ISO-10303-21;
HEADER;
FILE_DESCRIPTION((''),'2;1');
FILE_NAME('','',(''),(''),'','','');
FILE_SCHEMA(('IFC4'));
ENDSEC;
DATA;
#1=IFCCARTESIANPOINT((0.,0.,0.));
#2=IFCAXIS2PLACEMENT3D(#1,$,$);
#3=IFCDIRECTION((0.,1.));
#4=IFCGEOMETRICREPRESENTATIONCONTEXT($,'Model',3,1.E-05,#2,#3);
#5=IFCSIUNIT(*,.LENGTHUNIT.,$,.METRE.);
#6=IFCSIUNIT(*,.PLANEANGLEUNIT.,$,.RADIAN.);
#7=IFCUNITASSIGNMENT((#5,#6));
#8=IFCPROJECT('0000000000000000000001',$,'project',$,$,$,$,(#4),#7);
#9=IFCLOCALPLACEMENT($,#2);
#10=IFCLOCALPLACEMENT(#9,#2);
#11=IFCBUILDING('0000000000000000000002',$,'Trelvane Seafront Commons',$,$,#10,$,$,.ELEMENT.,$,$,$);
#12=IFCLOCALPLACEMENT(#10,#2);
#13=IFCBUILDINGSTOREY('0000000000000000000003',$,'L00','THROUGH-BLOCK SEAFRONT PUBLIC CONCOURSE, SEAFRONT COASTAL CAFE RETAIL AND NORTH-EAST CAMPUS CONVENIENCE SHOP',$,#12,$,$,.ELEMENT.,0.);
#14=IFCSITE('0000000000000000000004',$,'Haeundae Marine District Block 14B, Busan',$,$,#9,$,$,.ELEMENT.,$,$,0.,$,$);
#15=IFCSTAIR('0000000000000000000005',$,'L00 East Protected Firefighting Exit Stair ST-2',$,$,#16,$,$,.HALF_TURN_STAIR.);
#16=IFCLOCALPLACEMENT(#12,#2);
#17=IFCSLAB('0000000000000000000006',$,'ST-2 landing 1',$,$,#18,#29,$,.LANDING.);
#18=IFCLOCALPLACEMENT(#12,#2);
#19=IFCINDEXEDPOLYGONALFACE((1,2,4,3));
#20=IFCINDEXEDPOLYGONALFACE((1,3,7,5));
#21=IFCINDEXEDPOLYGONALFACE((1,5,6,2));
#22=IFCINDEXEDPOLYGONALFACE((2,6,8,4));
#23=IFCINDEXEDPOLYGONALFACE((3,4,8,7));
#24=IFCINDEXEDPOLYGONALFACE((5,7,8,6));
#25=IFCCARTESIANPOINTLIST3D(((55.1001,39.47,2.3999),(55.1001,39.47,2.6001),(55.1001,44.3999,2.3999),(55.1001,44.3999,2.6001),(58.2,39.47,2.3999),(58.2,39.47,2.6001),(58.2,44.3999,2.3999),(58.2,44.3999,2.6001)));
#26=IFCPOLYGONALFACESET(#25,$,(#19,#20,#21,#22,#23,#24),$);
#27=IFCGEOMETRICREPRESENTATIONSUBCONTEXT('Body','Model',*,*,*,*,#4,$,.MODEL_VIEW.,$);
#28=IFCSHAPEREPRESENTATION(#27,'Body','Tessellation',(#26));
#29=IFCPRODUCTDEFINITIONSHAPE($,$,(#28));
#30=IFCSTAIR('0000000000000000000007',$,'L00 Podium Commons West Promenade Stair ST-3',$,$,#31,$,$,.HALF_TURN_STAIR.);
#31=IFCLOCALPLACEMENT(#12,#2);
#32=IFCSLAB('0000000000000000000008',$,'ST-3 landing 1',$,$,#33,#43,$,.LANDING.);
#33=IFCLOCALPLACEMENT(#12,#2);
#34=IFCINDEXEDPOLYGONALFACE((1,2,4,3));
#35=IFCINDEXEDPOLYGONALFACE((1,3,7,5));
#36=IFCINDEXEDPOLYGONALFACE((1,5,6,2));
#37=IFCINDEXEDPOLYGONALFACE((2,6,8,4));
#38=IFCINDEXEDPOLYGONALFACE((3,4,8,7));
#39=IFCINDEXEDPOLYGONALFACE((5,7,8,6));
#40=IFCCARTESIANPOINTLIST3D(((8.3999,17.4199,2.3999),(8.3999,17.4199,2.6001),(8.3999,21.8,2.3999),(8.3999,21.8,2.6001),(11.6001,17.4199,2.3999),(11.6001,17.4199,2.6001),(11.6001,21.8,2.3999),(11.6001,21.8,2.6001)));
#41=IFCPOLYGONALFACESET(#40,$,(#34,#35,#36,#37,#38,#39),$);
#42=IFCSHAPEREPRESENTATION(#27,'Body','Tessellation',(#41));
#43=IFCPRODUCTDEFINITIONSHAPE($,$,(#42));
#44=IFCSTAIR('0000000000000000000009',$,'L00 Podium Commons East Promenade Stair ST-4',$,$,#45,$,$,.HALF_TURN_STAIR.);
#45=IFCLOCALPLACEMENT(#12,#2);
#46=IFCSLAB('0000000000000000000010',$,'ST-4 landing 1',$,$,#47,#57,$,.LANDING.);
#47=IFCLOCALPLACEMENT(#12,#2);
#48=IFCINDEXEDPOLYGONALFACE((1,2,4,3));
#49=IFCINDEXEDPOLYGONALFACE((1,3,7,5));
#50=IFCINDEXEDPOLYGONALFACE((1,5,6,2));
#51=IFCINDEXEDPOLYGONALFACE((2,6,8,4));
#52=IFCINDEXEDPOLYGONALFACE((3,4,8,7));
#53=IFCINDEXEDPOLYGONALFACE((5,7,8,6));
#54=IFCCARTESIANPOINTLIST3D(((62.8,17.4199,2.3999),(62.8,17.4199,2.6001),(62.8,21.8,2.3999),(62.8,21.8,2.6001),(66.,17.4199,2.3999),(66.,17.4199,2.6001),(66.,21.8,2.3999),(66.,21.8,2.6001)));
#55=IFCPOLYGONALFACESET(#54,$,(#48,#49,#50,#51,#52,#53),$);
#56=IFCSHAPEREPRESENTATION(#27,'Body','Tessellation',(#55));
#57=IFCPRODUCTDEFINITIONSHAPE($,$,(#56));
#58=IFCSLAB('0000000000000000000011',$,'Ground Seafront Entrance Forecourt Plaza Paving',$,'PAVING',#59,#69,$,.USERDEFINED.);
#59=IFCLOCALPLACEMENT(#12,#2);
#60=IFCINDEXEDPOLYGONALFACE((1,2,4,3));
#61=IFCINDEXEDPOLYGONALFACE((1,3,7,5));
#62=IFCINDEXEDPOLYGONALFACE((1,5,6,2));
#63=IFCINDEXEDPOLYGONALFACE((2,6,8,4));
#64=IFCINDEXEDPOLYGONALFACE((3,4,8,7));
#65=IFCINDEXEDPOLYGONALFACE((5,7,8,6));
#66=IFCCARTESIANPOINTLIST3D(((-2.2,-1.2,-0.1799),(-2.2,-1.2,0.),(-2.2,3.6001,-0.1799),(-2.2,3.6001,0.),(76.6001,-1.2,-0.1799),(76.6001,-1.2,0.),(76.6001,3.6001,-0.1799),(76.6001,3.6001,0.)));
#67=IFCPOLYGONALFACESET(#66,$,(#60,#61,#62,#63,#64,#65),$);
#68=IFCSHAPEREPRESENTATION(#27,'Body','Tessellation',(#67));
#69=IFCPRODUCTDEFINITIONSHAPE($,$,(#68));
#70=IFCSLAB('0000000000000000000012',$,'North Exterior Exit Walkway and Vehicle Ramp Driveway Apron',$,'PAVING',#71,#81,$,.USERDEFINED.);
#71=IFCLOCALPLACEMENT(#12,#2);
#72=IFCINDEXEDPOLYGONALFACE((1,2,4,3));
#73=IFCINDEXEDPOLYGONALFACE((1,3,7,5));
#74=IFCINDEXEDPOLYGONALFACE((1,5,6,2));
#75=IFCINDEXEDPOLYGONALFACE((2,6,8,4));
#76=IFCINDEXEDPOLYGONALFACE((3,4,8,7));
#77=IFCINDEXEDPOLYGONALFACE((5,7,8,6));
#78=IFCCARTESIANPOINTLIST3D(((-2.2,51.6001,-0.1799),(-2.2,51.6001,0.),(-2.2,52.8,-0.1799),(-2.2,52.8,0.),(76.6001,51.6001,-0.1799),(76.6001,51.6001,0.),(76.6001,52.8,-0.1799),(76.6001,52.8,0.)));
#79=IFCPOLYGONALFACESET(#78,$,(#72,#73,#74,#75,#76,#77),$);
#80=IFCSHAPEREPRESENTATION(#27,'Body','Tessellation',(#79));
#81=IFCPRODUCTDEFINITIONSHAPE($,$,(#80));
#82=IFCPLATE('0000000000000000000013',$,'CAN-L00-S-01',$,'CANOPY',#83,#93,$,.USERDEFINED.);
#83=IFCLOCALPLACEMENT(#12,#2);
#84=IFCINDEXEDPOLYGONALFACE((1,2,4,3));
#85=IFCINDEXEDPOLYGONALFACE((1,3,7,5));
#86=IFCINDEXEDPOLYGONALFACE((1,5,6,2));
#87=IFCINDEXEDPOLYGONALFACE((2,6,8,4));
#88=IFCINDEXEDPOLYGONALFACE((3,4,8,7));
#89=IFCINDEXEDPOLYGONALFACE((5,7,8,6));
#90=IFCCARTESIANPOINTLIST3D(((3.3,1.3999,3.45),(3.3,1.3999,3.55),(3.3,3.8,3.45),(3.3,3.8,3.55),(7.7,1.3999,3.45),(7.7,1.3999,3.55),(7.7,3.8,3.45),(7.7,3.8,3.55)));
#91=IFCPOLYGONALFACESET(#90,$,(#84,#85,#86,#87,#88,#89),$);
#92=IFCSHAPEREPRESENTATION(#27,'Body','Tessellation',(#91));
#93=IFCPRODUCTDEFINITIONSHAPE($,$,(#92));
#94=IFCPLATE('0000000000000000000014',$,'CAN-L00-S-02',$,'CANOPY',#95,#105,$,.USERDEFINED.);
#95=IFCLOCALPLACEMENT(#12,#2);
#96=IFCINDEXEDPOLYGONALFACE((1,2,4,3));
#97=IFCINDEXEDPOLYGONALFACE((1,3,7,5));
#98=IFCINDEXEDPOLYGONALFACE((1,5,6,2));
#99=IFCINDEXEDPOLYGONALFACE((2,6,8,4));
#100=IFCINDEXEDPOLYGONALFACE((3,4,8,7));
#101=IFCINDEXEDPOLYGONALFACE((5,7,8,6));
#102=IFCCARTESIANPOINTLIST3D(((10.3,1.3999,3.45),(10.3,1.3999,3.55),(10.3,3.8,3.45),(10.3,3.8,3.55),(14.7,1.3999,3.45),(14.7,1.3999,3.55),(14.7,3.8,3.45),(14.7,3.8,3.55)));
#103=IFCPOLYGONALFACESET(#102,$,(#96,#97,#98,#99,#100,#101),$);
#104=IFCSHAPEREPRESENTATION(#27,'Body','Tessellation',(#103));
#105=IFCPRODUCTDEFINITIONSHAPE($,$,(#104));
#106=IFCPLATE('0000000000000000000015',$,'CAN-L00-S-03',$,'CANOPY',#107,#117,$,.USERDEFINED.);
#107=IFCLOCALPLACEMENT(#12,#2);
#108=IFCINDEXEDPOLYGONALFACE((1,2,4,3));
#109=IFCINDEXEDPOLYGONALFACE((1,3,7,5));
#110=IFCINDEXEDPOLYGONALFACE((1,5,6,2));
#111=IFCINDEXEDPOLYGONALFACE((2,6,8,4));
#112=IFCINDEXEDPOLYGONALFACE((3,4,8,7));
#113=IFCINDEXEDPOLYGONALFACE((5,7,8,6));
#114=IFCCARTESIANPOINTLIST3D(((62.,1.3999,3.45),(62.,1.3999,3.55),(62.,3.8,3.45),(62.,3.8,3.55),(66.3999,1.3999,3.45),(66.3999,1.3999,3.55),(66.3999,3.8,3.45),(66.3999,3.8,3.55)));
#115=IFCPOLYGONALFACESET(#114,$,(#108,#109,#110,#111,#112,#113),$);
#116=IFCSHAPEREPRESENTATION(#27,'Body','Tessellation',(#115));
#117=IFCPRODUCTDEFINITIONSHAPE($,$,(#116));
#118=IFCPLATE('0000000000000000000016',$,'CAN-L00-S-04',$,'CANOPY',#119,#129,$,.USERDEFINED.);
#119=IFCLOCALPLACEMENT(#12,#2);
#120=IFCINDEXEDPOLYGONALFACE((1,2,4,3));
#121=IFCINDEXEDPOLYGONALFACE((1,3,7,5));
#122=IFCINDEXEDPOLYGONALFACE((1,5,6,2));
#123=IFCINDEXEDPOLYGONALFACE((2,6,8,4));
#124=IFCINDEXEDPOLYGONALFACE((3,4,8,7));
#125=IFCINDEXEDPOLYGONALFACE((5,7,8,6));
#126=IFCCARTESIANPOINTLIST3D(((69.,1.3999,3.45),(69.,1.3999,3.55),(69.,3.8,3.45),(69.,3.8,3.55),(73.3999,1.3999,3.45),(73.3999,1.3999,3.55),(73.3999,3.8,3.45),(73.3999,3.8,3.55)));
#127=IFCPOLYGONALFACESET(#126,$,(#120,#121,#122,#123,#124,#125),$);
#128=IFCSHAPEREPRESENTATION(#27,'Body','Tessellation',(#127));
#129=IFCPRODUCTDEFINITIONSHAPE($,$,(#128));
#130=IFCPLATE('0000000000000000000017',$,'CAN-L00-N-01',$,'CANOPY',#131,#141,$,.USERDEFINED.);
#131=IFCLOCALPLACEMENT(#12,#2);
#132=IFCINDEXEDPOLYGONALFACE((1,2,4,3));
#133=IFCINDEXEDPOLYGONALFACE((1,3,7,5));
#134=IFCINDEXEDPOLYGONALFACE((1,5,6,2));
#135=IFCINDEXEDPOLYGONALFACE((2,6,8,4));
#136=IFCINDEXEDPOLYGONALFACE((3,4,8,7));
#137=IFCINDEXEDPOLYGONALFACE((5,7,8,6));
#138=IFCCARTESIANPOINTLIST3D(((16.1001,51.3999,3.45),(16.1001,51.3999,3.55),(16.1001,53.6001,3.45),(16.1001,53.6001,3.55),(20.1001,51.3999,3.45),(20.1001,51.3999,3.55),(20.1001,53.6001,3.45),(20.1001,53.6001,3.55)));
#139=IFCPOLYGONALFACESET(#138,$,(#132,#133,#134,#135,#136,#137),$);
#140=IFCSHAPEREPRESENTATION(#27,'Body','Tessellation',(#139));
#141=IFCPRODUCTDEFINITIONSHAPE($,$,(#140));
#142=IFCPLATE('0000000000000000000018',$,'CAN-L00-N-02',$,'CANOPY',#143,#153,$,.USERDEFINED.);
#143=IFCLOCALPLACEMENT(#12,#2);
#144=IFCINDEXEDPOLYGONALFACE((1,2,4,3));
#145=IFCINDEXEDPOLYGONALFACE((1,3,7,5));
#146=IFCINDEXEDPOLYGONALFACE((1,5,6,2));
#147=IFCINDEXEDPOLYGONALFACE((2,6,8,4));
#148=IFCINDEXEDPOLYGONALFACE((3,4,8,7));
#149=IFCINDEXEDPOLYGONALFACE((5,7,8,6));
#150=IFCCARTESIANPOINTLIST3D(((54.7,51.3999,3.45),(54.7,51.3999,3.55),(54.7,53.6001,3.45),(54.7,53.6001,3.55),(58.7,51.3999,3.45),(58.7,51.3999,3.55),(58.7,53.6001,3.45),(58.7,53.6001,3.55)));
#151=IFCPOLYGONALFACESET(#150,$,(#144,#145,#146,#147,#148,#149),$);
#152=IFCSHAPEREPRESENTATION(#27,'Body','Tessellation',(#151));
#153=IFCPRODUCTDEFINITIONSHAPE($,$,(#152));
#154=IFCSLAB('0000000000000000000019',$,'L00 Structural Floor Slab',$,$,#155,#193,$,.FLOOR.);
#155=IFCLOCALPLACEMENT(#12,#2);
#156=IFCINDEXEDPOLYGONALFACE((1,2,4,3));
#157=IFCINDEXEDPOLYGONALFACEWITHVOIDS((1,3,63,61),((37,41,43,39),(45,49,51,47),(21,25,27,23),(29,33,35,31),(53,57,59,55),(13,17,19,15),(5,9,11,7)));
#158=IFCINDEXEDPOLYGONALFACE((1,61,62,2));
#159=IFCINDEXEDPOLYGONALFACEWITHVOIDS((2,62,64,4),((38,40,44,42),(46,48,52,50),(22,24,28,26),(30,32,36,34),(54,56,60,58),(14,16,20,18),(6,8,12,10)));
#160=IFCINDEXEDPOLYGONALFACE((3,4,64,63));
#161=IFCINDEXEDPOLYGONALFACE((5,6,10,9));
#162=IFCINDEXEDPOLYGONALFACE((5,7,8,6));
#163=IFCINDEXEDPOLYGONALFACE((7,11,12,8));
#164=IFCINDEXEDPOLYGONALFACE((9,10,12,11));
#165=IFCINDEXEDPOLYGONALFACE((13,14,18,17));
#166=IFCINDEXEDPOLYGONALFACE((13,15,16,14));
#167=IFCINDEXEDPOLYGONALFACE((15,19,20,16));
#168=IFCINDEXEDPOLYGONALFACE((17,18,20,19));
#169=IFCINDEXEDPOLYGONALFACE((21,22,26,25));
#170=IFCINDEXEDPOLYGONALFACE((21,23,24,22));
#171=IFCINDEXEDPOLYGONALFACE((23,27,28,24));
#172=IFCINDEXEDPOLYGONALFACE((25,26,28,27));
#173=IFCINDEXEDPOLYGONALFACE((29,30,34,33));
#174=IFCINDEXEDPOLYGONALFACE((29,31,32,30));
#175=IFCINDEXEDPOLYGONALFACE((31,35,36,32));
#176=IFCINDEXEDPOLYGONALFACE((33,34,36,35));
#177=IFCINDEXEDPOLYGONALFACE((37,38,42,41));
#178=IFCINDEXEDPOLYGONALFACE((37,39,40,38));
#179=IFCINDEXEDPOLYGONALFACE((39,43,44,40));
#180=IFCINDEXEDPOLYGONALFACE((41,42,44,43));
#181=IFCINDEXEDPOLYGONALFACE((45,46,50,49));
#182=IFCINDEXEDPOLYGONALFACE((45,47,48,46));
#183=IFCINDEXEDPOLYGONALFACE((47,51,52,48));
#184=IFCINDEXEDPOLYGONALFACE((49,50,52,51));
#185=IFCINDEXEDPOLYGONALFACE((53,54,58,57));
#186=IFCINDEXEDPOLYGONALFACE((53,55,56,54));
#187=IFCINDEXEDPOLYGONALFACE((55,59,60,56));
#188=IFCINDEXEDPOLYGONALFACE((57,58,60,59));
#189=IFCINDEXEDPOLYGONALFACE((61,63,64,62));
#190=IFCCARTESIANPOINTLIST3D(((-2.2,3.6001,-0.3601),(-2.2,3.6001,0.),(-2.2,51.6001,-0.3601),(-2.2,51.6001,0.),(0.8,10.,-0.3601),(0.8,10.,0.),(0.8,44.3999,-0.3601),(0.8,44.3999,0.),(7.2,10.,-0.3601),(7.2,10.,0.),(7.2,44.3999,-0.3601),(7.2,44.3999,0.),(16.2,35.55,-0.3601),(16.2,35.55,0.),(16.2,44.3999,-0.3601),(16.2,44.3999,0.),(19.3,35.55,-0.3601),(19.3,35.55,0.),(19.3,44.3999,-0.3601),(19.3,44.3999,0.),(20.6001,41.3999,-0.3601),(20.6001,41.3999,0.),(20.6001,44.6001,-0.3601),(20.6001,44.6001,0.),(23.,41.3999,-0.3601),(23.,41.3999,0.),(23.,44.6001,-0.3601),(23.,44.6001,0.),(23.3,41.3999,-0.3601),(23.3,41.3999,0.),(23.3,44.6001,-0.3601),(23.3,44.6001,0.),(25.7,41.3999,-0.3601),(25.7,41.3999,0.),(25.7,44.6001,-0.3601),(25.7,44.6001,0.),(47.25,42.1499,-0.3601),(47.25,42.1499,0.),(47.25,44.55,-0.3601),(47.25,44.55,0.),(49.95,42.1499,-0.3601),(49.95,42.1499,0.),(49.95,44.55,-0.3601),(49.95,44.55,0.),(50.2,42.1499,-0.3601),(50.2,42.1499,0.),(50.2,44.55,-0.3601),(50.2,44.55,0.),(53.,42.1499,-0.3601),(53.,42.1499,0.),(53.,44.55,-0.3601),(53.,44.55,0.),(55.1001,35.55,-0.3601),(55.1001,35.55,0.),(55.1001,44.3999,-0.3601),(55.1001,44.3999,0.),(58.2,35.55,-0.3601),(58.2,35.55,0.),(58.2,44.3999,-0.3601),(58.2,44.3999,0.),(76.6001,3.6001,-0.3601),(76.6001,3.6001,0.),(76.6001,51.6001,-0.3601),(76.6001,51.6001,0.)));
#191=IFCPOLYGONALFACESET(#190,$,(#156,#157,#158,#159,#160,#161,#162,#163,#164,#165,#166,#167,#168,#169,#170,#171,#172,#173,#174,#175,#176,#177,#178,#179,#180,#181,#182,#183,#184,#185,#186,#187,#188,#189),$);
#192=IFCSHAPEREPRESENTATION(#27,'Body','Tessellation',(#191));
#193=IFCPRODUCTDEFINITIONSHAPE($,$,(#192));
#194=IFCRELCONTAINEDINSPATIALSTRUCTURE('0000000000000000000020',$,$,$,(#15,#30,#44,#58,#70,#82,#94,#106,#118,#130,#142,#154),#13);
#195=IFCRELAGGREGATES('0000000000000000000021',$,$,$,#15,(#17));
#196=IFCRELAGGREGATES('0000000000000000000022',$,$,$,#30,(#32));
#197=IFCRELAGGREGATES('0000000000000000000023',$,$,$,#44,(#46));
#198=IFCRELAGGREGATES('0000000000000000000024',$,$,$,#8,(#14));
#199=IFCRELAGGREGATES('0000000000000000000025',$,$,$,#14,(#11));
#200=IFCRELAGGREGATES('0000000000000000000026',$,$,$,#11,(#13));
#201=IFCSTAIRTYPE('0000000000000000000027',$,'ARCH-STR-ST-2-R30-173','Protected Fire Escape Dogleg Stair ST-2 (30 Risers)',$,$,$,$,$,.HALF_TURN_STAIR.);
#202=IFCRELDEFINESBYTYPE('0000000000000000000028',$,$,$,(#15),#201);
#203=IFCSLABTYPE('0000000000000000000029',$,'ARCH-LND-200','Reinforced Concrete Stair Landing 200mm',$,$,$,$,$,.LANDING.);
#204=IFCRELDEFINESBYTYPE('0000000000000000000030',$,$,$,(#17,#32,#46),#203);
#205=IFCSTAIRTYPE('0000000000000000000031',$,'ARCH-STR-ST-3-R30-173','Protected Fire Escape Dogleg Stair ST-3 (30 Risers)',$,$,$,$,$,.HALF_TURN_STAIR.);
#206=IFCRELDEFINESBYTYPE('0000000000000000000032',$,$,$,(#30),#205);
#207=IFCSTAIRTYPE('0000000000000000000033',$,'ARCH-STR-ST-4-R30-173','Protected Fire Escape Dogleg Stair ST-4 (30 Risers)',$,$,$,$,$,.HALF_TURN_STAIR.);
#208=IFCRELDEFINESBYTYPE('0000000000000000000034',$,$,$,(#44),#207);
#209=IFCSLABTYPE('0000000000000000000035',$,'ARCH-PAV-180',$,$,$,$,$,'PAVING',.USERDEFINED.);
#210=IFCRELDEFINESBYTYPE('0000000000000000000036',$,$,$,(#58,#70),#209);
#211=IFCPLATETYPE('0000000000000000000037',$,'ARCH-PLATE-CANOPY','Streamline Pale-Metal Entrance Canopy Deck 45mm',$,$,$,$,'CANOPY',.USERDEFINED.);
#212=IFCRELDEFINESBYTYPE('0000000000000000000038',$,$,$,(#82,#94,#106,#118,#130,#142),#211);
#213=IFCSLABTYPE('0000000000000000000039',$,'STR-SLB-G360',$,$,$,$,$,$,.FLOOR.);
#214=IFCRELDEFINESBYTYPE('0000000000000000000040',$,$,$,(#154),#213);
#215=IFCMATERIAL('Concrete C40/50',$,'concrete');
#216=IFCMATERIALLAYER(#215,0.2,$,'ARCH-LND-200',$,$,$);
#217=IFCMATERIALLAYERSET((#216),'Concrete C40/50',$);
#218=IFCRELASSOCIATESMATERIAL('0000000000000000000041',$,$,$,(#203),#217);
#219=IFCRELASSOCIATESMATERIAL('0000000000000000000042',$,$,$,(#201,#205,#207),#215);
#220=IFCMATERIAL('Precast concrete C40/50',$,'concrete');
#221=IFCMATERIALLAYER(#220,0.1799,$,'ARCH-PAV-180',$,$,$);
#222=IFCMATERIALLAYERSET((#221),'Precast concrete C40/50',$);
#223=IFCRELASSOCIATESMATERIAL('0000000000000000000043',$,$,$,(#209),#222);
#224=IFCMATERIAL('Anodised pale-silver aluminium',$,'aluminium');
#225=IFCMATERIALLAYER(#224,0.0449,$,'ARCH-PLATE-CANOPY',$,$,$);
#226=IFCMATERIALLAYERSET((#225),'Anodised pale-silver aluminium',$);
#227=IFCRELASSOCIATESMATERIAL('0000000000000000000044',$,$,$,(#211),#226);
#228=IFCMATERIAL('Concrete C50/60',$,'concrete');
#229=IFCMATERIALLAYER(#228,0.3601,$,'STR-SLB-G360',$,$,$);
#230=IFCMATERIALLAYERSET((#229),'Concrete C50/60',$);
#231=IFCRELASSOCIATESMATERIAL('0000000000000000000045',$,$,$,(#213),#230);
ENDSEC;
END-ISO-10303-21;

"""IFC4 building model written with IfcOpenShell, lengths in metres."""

from ifc_helpers import new_model, si_unit, direction, frame, origin, place, context, subcontext, project, spatial, polyline, outline, extrude, material, layer, layer_set, type_object, element, aggregate, save


model = new_model("IFC4")

# Units and contexts
model_context = context("Model", 3, precision=1e-05, world=origin(), true_north=direction((0.0, 1.0)))
body_context = subcontext(model_context, "Body", "Model", "MODEL_VIEW")
ifc_project = project(units=[si_unit("LENGTHUNIT", "METRE"), si_unit("PLANEANGLEUNIT", "RADIAN")], contexts=[model_context])

# Site, building, storey
site_placement = place(None, origin())
site = spatial("IfcSite", under=ifc_project, at=site_placement, Name="Haeundae Marine District Block 14B, Busan", CompositionType="ELEMENT", RefElevation=0.0)
building_placement = place(site_placement, origin())
building = spatial("IfcBuilding", under=site, at=building_placement, Name="Trelvane Seafront Commons", CompositionType="ELEMENT")
storey_placement = place(building_placement, origin())
storey = spatial("IfcBuildingStorey", under=building, at=storey_placement, Name="L00", Description="THROUGH-BLOCK SEAFRONT PUBLIC CONCOURSE, SEAFRONT COASTAL CAFE RETAIL AND NORTH-EAST CAMPUS CONVENIENCE SHOP", CompositionType="ELEMENT", Elevation=0.0)

# Shared definitions
ifc_material_1 = material(Name="Concrete C50/60", Category="concrete")

# Shared definitions
ifc_material_2 = material(Name="Anodised pale-silver aluminium", Category="aluminium")

# Stairs, slabs
ifc_material_3 = material(Name="Concrete C40/50", Category="concrete")
ifc_layer_1 = layer(ifc_material_3, 0.2, Name="ARCH-LND-200")
ifc_layer_set_1 = layer_set([ifc_layer_1], Name="Concrete C40/50")
slab_type_1 = type_object("IfcSlabType", Name="ARCH-LND-200", Description="Reinforced Concrete Stair Landing 200mm", PredefinedType="LANDING", material=ifc_layer_set_1)
stair_type_1 = type_object("IfcStairType", Name="ARCH-STR-ST-2-R30-173", Description="Protected Fire Escape Dogleg Stair ST-2 (30 Risers)", PredefinedType="HALF_TURN_STAIR", material=ifc_material_3)
stair_1_placement = place(storey_placement, origin())
stair_1 = element("IfcStair", 1, at=stair_1_placement, inside=storey, type_object=stair_type_1, Name="L00 East Protected Firefighting Exit Stair ST-2", PredefinedType="HALF_TURN_STAIR")
slab_1_placement = place(storey_placement, frame((0.0, 0.0, 2.3999)))
slab_1 = element("IfcSlab", 2, at=slab_1_placement, type_object=slab_type_1, Name="ST-2 landing 1", PredefinedType="LANDING", context=body_context, shape_type="SweptSolid", body=[
    extrude(outline(polyline([(58.2, 39.47), (58.2, 44.3999), (55.1001, 44.3999), (55.1001, 39.47), (58.2, 39.47)])), origin(), (0.0, 0.0, 1.0), 0.2002),
])
aggregate(stair_1, [slab_1])
stair_type_2 = type_object("IfcStairType", Name="ARCH-STR-ST-3-R30-173", Description="Protected Fire Escape Dogleg Stair ST-3 (30 Risers)", PredefinedType="HALF_TURN_STAIR", material=ifc_material_3)
stair_2_placement = place(storey_placement, origin())
stair_2 = element("IfcStair", 3, at=stair_2_placement, inside=storey, type_object=stair_type_2, Name="L00 Podium Commons West Promenade Stair ST-3", PredefinedType="HALF_TURN_STAIR")
slab_2_placement = place(storey_placement, frame((0.0, 0.0, 2.3999)))
slab_2 = element("IfcSlab", 4, at=slab_2_placement, type_object=slab_type_1, Name="ST-3 landing 1", PredefinedType="LANDING", context=body_context, shape_type="SweptSolid", body=[
    extrude(outline(polyline([(11.6001, 17.4199), (11.6001, 21.8), (8.3999, 21.8), (8.3999, 17.4199), (11.6001, 17.4199)])), origin(), (0.0, 0.0, 1.0), 0.2002),
])
aggregate(stair_2, [slab_2])
stair_type_3 = type_object("IfcStairType", Name="ARCH-STR-ST-4-R30-173", Description="Protected Fire Escape Dogleg Stair ST-4 (30 Risers)", PredefinedType="HALF_TURN_STAIR", material=ifc_material_3)
stair_3_placement = place(storey_placement, origin())
stair_3 = element("IfcStair", 5, at=stair_3_placement, inside=storey, type_object=stair_type_3, Name="L00 Podium Commons East Promenade Stair ST-4", PredefinedType="HALF_TURN_STAIR")
slab_3_placement = place(storey_placement, frame((0.0, 0.0, 2.3999)))
slab_3 = element("IfcSlab", 6, at=slab_3_placement, type_object=slab_type_1, Name="ST-4 landing 1", PredefinedType="LANDING", context=body_context, shape_type="SweptSolid", body=[
    extrude(outline(polyline([(66.0, 17.4199), (66.0, 21.8), (62.8, 21.8), (62.8, 17.4199), (66.0, 17.4199)])), origin(), (0.0, 0.0, 1.0), 0.2002),
])
aggregate(stair_3, [slab_3])

# Slabs
ifc_material_4 = material(Name="Precast concrete C40/50", Category="concrete")
ifc_layer_2 = layer(ifc_material_4, 0.1799, Name="ARCH-PAV-180")
ifc_layer_set_2 = layer_set([ifc_layer_2], Name="Precast concrete C40/50")
slab_type_2 = type_object("IfcSlabType", Name="ARCH-PAV-180", ElementType="PAVING", PredefinedType="USERDEFINED", material=ifc_layer_set_2)
slab_4_placement = place(storey_placement, frame((0.0, 0.0, -0.1799)))
element("IfcSlab", 7, at=slab_4_placement, inside=storey, type_object=slab_type_2, Name="Ground Seafront Entrance Forecourt Plaza Paving", ObjectType="PAVING", PredefinedType="USERDEFINED", context=body_context, shape_type="SweptSolid", body=[
    extrude(outline(polyline([(-2.2, -1.2), (76.6001, -1.2), (76.6001, 3.6001), (-2.2, 3.6001), (-2.2, -1.2)])), origin(), (0.0, 0.0, 1.0), 0.1799),
])
slab_5_placement = place(storey_placement, frame((0.0, 0.0, -0.1799)))
element("IfcSlab", 8, at=slab_5_placement, inside=storey, type_object=slab_type_2, Name="North Exterior Exit Walkway and Vehicle Ramp Driveway Apron", ObjectType="PAVING", PredefinedType="USERDEFINED", context=body_context, shape_type="SweptSolid", body=[
    extrude(outline(polyline([(-2.2, 51.6001), (76.6001, 51.6001), (76.6001, 52.8), (-2.2, 52.8), (-2.2, 51.6001)])), origin(), (0.0, 0.0, 1.0), 0.1799),
])

# Plates
ifc_layer_3 = layer(ifc_material_2, 0.0449, Name="ARCH-PLATE-CANOPY")
ifc_layer_set_3 = layer_set([ifc_layer_3], Name="Anodised pale-silver aluminium")
plate_type_1 = type_object("IfcPlateType", Name="ARCH-PLATE-CANOPY", Description="Streamline Pale-Metal Entrance Canopy Deck 45mm", ElementType="CANOPY", PredefinedType="USERDEFINED", material=ifc_layer_set_3)
plate_1_placement = place(storey_placement, frame((0.0, 0.0, 3.45)))
element("IfcPlate", 9, at=plate_1_placement, inside=storey, type_object=plate_type_1, Name="CAN-L00-S-01", ObjectType="CANOPY", PredefinedType="USERDEFINED", context=body_context, shape_type="SweptSolid", body=[
    extrude(outline(polyline([(3.3, 1.3999), (7.7, 1.3999), (7.7, 3.8), (3.3, 3.8), (3.3, 1.3999)])), origin(), (0.0, 0.0, 1.0), 0.1001),
])
plate_2_placement = place(storey_placement, frame((0.0, 0.0, 3.45)))
element("IfcPlate", 10, at=plate_2_placement, inside=storey, type_object=plate_type_1, Name="CAN-L00-S-02", ObjectType="CANOPY", PredefinedType="USERDEFINED", context=body_context, shape_type="SweptSolid", body=[
    extrude(outline(polyline([(10.3, 1.3999), (14.7, 1.3999), (14.7, 3.8), (10.3, 3.8), (10.3, 1.3999)])), origin(), (0.0, 0.0, 1.0), 0.1001),
])
plate_3_placement = place(storey_placement, frame((0.0, 0.0, 3.45)))
element("IfcPlate", 11, at=plate_3_placement, inside=storey, type_object=plate_type_1, Name="CAN-L00-S-03", ObjectType="CANOPY", PredefinedType="USERDEFINED", context=body_context, shape_type="SweptSolid", body=[
    extrude(outline(polyline([(62.0, 1.3999), (66.3999, 1.3999), (66.3999, 3.8), (62.0, 3.8), (62.0, 1.3999)])), origin(), (0.0, 0.0, 1.0), 0.1001),
])
plate_4_placement = place(storey_placement, frame((0.0, 0.0, 3.45)))
element("IfcPlate", 12, at=plate_4_placement, inside=storey, type_object=plate_type_1, Name="CAN-L00-S-04", ObjectType="CANOPY", PredefinedType="USERDEFINED", context=body_context, shape_type="SweptSolid", body=[
    extrude(outline(polyline([(69.0, 1.3999), (73.3999, 1.3999), (73.3999, 3.8), (69.0, 3.8), (69.0, 1.3999)])), origin(), (0.0, 0.0, 1.0), 0.1001),
])
plate_5_placement = place(storey_placement, frame((0.0, 0.0, 3.45)))
element("IfcPlate", 13, at=plate_5_placement, inside=storey, type_object=plate_type_1, Name="CAN-L00-N-01", ObjectType="CANOPY", PredefinedType="USERDEFINED", context=body_context, shape_type="SweptSolid", body=[
    extrude(outline(polyline([(16.1001, 51.3999), (20.1001, 51.3999), (20.1001, 53.6001), (16.1001, 53.6001), (16.1001, 51.3999)])), origin(), (0.0, 0.0, 1.0), 0.1001),
])
plate_6_placement = place(storey_placement, frame((0.0, 0.0, 3.45)))
element("IfcPlate", 14, at=plate_6_placement, inside=storey, type_object=plate_type_1, Name="CAN-L00-N-02", ObjectType="CANOPY", PredefinedType="USERDEFINED", context=body_context, shape_type="SweptSolid", body=[
    extrude(outline(polyline([(54.7, 51.3999), (58.7, 51.3999), (58.7, 53.6001), (54.7, 53.6001), (54.7, 51.3999)])), origin(), (0.0, 0.0, 1.0), 0.1001),
])

# Slab
ifc_layer_4 = layer(ifc_material_1, 0.3601, Name="STR-SLB-G360")
ifc_layer_set_4 = layer_set([ifc_layer_4], Name="Concrete C50/60")
slab_type_3 = type_object("IfcSlabType", Name="STR-SLB-G360", PredefinedType="FLOOR", material=ifc_layer_set_4)
slab_6_placement = place(storey_placement, frame((0.0, 0.0, -0.3601)))
element("IfcSlab", 15, at=slab_6_placement, inside=storey, type_object=slab_type_3, Name="L00 Structural Floor Slab", PredefinedType="FLOOR", context=body_context, shape_type="SweptSolid", body=[
    extrude(outline(polyline([(-2.2, 3.6001), (76.6001, 3.6001), (76.6001, 51.6001), (-2.2, 51.6001), (-2.2, 3.6001)]), holes=[polyline([(7.2, 44.3999), (7.2, 10.0), (0.8, 10.0), (0.8, 44.3999), (7.2, 44.3999)]), polyline([(19.3, 35.55), (16.2, 35.55), (16.2, 44.3999), (19.3, 44.3999), (19.3, 35.55)]), polyline([(58.2, 35.55), (55.1001, 35.55), (55.1001, 44.3999), (58.2, 44.3999), (58.2, 35.55)]), polyline([(23.0, 41.3999), (20.6001, 41.3999), (20.6001, 44.6001), (23.0, 44.6001), (23.0, 41.3999)]), polyline([(25.7, 41.3999), (23.3, 41.3999), (23.3, 44.6001), (25.7, 44.6001), (25.7, 41.3999)]), polyline([(49.95, 42.1499), (47.25, 42.1499), (47.25, 44.55), (49.95, 44.55), (49.95, 42.1499)]), polyline([(53.0, 42.1499), (50.2, 42.1499), (50.2, 44.55), (53.0, 44.55), (53.0, 42.1499)])]), origin(), (0.0, 0.0, 1.0), 0.3601),
])

save(model, "model.ifc")
